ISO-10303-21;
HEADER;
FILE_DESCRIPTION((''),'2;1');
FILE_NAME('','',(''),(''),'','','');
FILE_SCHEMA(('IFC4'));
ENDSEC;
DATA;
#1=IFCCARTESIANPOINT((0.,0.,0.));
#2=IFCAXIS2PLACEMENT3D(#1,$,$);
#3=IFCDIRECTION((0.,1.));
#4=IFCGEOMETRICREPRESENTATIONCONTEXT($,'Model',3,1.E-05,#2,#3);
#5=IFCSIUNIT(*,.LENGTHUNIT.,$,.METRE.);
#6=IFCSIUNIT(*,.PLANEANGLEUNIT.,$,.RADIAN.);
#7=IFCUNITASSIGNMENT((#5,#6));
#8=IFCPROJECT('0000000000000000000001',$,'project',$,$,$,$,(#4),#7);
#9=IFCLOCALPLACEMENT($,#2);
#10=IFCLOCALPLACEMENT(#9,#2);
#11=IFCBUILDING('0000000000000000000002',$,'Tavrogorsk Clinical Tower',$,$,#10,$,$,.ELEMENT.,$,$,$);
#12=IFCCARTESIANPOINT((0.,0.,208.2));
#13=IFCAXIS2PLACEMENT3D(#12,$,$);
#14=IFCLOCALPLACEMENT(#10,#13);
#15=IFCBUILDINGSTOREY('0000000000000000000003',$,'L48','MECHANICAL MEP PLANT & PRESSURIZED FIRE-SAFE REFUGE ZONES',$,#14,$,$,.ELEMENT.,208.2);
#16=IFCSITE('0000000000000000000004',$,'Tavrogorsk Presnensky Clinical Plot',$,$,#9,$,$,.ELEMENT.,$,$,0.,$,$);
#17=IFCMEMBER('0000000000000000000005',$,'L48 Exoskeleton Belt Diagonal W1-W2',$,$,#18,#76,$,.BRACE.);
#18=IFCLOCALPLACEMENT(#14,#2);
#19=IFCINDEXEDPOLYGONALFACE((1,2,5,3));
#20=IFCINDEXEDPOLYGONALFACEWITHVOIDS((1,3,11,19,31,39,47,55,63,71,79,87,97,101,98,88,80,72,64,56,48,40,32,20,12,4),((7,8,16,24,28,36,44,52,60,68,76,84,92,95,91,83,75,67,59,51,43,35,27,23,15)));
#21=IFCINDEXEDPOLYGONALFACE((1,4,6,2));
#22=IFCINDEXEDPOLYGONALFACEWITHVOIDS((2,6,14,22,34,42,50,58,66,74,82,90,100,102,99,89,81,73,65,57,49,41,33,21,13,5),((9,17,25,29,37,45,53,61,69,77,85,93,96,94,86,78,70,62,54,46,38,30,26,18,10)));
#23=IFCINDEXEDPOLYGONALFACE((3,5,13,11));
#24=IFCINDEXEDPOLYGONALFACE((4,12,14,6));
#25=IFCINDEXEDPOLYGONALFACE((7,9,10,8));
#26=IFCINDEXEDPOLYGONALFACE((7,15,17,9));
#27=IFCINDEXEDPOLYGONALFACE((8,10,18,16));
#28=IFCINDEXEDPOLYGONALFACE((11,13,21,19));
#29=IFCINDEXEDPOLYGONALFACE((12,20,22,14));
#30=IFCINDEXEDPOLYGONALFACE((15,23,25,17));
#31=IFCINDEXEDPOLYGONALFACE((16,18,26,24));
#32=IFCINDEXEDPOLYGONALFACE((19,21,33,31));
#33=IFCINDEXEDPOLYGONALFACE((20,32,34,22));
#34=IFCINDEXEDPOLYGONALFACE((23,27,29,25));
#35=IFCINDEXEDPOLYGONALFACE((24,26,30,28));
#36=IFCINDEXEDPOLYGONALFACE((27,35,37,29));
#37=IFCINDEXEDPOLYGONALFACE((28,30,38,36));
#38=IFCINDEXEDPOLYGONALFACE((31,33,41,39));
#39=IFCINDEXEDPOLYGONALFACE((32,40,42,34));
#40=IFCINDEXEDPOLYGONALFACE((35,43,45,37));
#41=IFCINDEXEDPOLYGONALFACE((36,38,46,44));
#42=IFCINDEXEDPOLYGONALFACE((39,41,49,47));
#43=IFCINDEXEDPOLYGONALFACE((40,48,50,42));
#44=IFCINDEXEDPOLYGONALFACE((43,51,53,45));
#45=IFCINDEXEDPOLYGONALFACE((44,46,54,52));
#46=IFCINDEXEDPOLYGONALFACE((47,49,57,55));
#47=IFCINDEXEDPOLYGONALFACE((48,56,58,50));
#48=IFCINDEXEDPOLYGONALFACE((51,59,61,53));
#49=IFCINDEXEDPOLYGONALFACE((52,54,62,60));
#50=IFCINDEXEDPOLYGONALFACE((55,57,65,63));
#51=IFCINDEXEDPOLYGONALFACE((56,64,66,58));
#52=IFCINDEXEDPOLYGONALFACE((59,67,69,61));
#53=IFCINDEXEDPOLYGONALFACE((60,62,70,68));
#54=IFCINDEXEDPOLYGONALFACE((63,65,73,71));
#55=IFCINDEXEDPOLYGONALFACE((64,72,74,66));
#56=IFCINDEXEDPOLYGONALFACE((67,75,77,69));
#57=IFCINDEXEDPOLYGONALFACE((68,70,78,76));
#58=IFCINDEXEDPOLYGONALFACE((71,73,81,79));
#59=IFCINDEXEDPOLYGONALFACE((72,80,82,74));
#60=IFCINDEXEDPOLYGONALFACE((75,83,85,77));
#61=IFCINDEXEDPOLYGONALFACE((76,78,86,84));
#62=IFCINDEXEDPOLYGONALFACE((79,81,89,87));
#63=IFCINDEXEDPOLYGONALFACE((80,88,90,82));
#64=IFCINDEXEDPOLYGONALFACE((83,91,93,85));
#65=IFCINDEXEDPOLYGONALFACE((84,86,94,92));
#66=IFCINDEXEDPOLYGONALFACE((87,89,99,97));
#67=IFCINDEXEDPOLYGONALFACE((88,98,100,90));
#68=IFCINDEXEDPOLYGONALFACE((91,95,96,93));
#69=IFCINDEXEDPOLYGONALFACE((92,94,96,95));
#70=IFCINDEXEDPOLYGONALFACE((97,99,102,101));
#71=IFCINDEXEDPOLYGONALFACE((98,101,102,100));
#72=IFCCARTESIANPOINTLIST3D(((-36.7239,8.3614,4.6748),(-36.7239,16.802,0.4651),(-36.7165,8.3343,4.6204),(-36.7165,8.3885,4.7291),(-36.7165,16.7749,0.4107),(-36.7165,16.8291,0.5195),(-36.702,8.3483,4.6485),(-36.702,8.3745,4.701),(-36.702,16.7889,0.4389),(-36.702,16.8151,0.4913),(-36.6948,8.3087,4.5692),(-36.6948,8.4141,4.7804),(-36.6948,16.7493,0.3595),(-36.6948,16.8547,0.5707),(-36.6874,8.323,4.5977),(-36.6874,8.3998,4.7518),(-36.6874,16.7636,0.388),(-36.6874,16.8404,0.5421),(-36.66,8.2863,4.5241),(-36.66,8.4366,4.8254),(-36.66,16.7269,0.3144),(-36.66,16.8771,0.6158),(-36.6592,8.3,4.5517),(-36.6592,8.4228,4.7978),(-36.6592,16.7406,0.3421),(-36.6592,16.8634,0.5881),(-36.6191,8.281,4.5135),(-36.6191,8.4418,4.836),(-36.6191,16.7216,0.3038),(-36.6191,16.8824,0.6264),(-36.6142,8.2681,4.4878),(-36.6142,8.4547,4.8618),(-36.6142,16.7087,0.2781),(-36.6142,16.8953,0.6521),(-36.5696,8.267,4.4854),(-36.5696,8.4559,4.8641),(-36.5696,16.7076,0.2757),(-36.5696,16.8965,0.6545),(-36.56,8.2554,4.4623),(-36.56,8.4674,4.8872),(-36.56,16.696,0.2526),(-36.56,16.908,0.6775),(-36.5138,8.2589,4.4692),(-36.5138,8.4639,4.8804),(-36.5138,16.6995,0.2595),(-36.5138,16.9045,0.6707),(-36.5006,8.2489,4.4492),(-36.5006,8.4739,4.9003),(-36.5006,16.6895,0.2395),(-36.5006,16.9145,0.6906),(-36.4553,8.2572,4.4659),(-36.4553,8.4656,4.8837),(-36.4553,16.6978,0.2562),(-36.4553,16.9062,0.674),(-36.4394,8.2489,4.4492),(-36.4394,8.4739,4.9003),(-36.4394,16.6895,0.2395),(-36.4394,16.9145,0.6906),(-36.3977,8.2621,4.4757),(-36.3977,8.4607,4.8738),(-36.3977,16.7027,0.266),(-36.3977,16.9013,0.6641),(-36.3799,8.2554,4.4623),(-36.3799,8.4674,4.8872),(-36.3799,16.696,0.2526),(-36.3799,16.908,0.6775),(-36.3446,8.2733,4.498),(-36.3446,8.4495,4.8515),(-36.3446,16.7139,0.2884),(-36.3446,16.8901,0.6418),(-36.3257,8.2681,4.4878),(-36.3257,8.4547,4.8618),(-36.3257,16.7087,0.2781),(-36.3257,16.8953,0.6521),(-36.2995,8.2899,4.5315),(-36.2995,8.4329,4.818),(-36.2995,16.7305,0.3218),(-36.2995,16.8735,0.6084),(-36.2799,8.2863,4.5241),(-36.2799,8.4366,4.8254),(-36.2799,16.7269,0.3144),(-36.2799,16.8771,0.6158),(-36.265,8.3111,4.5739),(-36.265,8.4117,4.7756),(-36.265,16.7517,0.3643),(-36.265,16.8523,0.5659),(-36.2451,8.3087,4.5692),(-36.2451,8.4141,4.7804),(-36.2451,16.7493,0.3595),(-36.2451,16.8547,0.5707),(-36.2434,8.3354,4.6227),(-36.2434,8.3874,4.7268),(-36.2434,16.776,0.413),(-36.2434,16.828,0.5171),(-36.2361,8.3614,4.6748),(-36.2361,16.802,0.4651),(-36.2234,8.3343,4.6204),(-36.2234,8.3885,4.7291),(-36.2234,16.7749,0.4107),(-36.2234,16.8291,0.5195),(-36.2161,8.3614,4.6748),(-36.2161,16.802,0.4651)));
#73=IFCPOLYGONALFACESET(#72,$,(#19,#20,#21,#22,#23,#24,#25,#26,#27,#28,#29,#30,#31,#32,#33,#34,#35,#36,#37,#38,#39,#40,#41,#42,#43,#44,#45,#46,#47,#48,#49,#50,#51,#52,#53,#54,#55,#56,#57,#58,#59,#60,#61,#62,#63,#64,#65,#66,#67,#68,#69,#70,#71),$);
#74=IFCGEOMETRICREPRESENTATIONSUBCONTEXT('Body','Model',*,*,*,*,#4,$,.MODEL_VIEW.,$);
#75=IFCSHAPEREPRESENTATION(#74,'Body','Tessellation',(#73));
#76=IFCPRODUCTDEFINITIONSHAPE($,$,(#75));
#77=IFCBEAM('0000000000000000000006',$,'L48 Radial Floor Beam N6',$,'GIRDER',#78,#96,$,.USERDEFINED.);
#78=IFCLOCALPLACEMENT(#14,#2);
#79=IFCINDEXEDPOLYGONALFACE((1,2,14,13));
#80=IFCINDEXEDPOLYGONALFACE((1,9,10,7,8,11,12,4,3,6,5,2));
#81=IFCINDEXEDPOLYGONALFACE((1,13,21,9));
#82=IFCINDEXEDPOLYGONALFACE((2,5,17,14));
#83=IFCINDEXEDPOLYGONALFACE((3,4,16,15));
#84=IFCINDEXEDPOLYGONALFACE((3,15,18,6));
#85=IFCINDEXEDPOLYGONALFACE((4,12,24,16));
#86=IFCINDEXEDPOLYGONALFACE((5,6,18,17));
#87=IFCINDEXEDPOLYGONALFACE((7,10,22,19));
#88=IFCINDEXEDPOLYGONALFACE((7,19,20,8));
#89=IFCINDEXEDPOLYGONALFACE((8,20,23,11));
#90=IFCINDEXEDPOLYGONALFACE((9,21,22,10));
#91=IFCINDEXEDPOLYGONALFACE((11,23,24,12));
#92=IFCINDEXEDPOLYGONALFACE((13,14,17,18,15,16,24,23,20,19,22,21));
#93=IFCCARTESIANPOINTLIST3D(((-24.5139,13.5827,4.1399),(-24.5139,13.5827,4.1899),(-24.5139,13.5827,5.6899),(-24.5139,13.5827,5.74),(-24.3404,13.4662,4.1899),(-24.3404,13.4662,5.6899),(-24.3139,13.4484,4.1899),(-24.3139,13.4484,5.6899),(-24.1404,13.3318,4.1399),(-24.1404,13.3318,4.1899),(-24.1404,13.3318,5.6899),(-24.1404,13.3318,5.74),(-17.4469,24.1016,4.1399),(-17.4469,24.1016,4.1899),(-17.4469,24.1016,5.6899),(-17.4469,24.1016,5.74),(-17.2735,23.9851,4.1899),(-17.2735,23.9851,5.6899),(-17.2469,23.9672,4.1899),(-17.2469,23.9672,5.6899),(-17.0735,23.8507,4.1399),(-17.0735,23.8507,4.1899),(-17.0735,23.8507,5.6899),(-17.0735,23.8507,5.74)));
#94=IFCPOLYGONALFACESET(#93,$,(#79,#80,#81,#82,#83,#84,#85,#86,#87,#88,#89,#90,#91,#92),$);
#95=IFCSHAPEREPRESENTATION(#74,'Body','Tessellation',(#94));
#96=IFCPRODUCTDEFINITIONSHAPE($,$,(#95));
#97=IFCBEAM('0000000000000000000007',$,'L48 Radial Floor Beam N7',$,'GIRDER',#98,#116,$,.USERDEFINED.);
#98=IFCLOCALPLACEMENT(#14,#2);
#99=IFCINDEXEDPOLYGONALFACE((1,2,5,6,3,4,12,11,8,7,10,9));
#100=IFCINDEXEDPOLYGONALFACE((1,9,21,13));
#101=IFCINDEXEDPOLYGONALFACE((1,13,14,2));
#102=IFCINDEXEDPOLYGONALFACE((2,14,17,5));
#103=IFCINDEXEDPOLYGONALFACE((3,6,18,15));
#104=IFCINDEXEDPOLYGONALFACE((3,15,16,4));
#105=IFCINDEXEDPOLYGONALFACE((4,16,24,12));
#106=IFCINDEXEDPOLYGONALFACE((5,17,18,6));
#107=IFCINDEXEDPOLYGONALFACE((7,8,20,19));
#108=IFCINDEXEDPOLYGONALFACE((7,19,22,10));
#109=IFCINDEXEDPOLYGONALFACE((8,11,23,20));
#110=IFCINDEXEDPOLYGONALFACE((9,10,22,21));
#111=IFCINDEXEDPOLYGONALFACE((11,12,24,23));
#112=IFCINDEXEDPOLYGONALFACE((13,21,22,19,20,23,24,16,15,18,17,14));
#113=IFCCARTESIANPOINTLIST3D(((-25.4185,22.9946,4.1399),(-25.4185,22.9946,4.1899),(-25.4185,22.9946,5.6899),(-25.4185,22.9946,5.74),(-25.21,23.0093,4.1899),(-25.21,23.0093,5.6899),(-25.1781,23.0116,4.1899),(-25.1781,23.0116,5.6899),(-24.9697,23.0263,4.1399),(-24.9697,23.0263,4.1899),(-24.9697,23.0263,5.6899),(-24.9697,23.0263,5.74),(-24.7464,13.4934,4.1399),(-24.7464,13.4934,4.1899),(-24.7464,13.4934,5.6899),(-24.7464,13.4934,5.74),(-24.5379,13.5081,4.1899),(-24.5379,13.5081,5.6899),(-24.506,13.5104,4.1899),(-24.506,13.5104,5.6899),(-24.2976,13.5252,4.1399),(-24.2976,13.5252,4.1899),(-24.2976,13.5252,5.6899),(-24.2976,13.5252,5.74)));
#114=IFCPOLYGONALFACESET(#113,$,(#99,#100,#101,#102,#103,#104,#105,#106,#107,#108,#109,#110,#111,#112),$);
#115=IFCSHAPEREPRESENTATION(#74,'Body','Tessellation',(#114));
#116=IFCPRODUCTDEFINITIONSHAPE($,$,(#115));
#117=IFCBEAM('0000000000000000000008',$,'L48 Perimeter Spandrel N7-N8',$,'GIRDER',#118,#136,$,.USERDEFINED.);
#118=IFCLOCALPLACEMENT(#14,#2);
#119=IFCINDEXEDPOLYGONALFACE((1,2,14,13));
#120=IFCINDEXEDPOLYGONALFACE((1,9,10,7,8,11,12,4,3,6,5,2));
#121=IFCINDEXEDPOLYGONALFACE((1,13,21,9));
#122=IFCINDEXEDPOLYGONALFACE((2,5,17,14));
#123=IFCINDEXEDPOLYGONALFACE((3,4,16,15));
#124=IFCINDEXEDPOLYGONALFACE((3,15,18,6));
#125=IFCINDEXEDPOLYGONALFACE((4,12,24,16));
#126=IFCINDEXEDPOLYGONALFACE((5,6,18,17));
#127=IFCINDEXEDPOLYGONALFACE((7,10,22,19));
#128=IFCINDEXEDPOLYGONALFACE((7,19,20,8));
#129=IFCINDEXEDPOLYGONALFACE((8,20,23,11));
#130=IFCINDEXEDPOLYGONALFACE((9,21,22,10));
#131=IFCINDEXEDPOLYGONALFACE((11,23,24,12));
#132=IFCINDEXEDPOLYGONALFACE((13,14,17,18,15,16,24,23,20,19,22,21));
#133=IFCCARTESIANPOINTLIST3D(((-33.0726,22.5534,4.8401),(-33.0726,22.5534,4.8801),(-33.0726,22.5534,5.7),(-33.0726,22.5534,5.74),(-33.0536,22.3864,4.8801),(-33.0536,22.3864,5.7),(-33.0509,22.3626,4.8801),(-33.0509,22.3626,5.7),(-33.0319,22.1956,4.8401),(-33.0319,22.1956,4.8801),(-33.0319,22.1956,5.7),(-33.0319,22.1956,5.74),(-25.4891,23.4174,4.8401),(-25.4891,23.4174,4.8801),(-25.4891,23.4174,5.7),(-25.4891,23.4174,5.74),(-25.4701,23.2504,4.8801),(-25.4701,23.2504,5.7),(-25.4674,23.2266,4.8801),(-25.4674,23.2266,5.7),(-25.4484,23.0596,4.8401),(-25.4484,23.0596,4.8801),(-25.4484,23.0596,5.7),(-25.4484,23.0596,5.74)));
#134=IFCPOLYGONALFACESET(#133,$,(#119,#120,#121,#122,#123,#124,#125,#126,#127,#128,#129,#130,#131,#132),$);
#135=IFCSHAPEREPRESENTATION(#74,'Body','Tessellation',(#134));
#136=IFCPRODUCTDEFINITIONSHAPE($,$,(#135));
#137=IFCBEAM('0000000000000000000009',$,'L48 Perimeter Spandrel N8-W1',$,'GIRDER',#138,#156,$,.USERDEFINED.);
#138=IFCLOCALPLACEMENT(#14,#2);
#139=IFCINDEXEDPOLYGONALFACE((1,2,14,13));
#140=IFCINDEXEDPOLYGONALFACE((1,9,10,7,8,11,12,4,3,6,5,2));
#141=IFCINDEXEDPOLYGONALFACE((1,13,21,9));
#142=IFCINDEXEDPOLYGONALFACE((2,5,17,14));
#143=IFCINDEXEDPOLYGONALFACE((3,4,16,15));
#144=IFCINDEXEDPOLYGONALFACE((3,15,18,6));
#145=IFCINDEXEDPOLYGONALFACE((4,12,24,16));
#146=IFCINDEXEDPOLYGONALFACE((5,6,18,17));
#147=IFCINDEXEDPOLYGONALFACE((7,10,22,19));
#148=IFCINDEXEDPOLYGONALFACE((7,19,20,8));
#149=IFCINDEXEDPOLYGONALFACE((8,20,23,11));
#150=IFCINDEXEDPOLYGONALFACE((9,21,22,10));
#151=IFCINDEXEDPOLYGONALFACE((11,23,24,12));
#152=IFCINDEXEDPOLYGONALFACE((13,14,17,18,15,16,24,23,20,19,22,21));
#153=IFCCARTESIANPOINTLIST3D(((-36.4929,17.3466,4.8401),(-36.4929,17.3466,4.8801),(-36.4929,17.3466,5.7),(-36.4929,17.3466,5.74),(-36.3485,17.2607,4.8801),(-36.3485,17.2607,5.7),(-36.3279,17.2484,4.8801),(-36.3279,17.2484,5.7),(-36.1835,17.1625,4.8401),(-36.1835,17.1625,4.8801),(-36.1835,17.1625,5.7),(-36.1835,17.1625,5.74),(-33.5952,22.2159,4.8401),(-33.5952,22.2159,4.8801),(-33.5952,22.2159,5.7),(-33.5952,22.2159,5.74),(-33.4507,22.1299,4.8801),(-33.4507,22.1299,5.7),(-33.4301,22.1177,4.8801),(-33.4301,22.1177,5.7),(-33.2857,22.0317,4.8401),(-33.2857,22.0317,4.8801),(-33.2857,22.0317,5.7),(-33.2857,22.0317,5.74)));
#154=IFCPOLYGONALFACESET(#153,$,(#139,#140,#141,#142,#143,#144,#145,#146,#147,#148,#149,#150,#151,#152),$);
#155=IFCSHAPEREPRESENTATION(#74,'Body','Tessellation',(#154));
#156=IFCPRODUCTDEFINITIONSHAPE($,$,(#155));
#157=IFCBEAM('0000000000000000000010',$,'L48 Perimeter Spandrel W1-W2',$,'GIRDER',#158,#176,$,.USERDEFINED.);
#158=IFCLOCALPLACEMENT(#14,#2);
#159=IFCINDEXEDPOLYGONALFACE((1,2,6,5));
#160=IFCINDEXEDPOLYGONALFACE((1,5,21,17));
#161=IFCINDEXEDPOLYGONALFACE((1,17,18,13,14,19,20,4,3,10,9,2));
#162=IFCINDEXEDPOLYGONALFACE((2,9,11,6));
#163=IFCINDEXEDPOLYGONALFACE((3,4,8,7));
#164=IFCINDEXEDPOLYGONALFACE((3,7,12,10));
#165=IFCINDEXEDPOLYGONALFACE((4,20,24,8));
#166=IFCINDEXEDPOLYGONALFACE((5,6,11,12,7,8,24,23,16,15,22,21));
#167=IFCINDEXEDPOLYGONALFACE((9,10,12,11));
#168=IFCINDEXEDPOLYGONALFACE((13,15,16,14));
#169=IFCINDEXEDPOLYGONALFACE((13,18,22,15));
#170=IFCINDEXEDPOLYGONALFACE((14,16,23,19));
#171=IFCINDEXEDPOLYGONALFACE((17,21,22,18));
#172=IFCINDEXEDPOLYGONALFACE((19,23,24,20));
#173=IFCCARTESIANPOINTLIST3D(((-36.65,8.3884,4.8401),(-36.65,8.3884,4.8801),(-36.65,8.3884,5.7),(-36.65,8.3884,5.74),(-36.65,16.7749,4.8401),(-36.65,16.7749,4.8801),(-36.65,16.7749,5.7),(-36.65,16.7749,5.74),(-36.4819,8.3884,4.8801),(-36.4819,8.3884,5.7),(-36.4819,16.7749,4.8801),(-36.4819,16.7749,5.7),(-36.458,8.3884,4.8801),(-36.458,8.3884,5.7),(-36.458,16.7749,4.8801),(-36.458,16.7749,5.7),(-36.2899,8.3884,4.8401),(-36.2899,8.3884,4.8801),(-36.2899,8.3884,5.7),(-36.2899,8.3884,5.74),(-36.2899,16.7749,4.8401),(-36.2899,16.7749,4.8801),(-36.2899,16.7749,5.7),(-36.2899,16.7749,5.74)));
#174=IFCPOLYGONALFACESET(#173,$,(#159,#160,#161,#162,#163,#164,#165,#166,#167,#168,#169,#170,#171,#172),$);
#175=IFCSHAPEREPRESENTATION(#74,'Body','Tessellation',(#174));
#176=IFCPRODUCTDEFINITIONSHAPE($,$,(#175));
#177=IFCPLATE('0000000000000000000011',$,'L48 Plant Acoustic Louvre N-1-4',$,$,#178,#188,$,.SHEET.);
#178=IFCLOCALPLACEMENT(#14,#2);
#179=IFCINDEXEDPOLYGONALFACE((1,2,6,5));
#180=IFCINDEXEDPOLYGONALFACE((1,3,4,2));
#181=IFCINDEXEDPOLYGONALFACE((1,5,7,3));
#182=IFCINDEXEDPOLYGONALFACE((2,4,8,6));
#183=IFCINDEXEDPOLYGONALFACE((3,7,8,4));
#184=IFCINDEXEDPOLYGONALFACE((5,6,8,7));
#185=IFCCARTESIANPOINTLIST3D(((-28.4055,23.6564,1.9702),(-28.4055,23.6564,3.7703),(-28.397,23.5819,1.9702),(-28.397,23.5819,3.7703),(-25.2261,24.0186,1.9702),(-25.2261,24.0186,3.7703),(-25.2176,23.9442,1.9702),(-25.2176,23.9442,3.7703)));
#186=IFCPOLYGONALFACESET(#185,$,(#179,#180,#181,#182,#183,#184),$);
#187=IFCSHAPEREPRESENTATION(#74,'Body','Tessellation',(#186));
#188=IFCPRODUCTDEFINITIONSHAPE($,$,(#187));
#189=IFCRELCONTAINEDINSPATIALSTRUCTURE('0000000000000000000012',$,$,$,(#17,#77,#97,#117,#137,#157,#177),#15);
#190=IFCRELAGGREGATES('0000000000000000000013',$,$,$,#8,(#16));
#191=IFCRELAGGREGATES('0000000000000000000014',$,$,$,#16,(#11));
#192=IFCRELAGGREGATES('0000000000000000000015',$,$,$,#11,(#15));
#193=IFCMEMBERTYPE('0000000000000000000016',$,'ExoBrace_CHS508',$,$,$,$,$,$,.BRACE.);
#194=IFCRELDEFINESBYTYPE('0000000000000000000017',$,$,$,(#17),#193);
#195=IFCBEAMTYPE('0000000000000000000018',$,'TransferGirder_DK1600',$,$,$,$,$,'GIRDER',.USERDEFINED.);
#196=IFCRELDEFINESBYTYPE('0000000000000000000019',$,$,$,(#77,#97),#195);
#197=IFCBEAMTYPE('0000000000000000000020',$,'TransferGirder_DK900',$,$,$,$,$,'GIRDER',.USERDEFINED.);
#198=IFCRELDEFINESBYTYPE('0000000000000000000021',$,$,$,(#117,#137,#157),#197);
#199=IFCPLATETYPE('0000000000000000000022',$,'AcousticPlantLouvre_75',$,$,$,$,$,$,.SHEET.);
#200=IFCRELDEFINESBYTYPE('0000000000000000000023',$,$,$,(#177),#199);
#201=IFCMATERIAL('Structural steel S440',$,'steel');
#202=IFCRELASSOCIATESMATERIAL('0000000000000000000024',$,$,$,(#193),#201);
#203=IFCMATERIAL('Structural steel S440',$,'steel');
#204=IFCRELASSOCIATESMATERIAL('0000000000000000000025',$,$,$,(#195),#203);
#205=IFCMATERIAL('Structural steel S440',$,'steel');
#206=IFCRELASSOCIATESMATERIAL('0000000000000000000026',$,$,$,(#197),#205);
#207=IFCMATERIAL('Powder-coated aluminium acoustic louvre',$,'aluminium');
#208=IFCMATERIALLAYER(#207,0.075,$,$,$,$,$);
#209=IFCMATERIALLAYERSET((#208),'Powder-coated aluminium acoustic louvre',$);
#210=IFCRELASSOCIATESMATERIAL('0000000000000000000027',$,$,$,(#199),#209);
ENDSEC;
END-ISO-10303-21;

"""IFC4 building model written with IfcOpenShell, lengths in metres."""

from ifc_helpers import new_model, si_unit, direction, frame, origin, origin_2d, place, context, subcontext, project, spatial, rectangle, hollow_circle, i_section, extrude, material, layer, layer_set, material_profile, profile_set, type_object, element, save


model = new_model("IFC4")

# Units and contexts
model_context = context("Model", 3, precision=1e-05, world=origin(), true_north=direction((0.0, 1.0)))
body_context = subcontext(model_context, "Body", "Model", "MODEL_VIEW")
ifc_project = project(units=[si_unit("LENGTHUNIT", "METRE"), si_unit("PLANEANGLEUNIT", "RADIAN")], contexts=[model_context])

# Site, building, storey
site_placement = place(None, origin())
site = spatial("IfcSite", under=ifc_project, at=site_placement, Name="Tavrogorsk Presnensky Clinical Plot", CompositionType="ELEMENT", RefElevation=0.0)
building_placement = place(site_placement, origin())
building = spatial("IfcBuilding", under=site, at=building_placement, Name="Tavrogorsk Clinical Tower", CompositionType="ELEMENT")
storey_placement = place(building_placement, frame((0.0, 0.0, 208.2)))
storey = spatial("IfcBuildingStorey", under=building, at=storey_placement, Name="L48", Description="MECHANICAL MEP PLANT & PRESSURIZED FIRE-SAFE REFUGE ZONES", CompositionType="ELEMENT", Elevation=208.2)

# Member
ifc_material_1 = material(Name="Structural steel S440", Category="steel")
ifc_material_profile_1 = material_profile(ifc_material_1, hollow_circle(Radius=0.2539, WallThickness=0.02, at=origin_2d()), Name="CHS-508x20")
ifc_profile_set_1 = profile_set([ifc_material_profile_1], Name="Structural steel S440")
member_type = type_object("IfcMemberType", Name="ExoBrace_CHS508", PredefinedType="BRACE", material=ifc_profile_set_1)
member_1_placement = place(storey_placement, frame((-36.47, 16.802, 0.4651), z_axis=(0.0, -0.894877, 0.446313), x_axis=(1.0, 0.0, 0.0)))
element("IfcMember", 1, at=member_1_placement, inside=storey, type_object=member_type, Name="L48 Exoskeleton Belt Diagonal W1-W2", PredefinedType="BRACE", context=body_context, shape_type="SweptSolid", body=[
    extrude(hollow_circle(Radius=0.2539, WallThickness=0.02, at=origin_2d()), origin(), (0.0, 0.0, 1.0), 9.4321),
])

# Beams
ifc_material_2 = material(Name="Structural steel S440", Category="steel")
ifc_material_profile_2 = material_profile(ifc_material_2, i_section(OverallWidth=0.45, OverallDepth=1.6001, WebThickness=0.032, FlangeThickness=0.05, at=origin_2d()), Name="DK-1600x450x32x50")
ifc_profile_set_2 = profile_set([ifc_material_profile_2], Name="Structural steel S440")
beam_type_1 = type_object("IfcBeamType", Name="TransferGirder_DK1600", ElementType="GIRDER", PredefinedType="USERDEFINED", material=ifc_profile_set_2)
beam_1_placement = place(storey_placement, frame((-24.3271, 13.4573, 4.9399), z_axis=(0.557667, 0.830065, 0.0), x_axis=(-0.830065, 0.557667, 0.0)))
element("IfcBeam", 2, at=beam_1_placement, inside=storey, type_object=beam_type_1, Name="L48 Radial Floor Beam N6", ObjectType="GIRDER", PredefinedType="USERDEFINED", context=body_context, shape_type="SweptSolid", body=[
    extrude(i_section(OverallWidth=0.45, OverallDepth=1.6001, WebThickness=0.032, FlangeThickness=0.05, at=origin_2d()), origin(), (0.0, 0.0, 1.0), 12.6724),
])
beam_2_placement = place(storey_placement, frame((-24.522, 13.5093, 4.9399), z_axis=(-0.070564, 0.997507, 0.0), x_axis=(-0.997507, -0.070564, 0.0)))
element("IfcBeam", 3, at=beam_2_placement, inside=storey, type_object=beam_type_1, Name="L48 Radial Floor Beam N7", ObjectType="GIRDER", PredefinedType="USERDEFINED", context=body_context, shape_type="SweptSolid", body=[
    extrude(i_section(OverallWidth=0.45, OverallDepth=1.6001, WebThickness=0.032, FlangeThickness=0.05, at=origin_2d()), origin(), (0.0, 0.0, 1.0), 9.5249),
])
ifc_material_3 = material(Name="Structural steel S440", Category="steel")
ifc_material_profile_3 = material_profile(ifc_material_3, i_section(OverallWidth=0.3601, OverallDepth=0.8999, WebThickness=0.0239, FlangeThickness=0.04, at=origin_2d()), Name="DK-900x360x24x40")
ifc_profile_set_3 = profile_set([ifc_material_profile_3], Name="Structural steel S440")
beam_type_2 = type_object("IfcBeamType", Name="TransferGirder_DK900", ElementType="GIRDER", PredefinedType="USERDEFINED", material=ifc_profile_set_3)
beam_3_placement = place(storey_placement, frame((-25.4688, 23.2385, 5.29), z_axis=(-0.993572, -0.113201, 0.0), x_axis=(0.113201, -0.993572, 0.0)))
element("IfcBeam", 4, at=beam_3_placement, inside=storey, type_object=beam_type_2, Name="L48 Perimeter Spandrel N7-N8", ObjectType="GIRDER", PredefinedType="USERDEFINED", context=body_context, shape_type="SweptSolid", body=[
    extrude(i_section(OverallWidth=0.3601, OverallDepth=0.8999, WebThickness=0.0239, FlangeThickness=0.04, at=origin_2d()), origin(), (0.0, 0.0, 1.0), 7.6326),
])
beam_4_placement = place(storey_placement, frame((-33.4404, 22.1238, 5.29), z_axis=(-0.511407, -0.859339, 0.0), x_axis=(0.859339, -0.511407, 0.0)))
element("IfcBeam", 5, at=beam_4_placement, inside=storey, type_object=beam_type_2, Name="L48 Perimeter Spandrel N8-W1", ObjectType="GIRDER", PredefinedType="USERDEFINED", context=body_context, shape_type="SweptSolid", body=[
    extrude(i_section(OverallWidth=0.3601, OverallDepth=0.8999, WebThickness=0.0239, FlangeThickness=0.04, at=origin_2d()), origin(), (0.0, 0.0, 1.0), 5.6663),
])
beam_5_placement = place(storey_placement, frame((-36.47, 16.7749, 5.29), z_axis=(0.0, -1.0, 0.0), x_axis=(1.0, 0.0, 0.0)))
element("IfcBeam", 6, at=beam_5_placement, inside=storey, type_object=beam_type_2, Name="L48 Perimeter Spandrel W1-W2", ObjectType="GIRDER", PredefinedType="USERDEFINED", context=body_context, shape_type="SweptSolid", body=[
    extrude(i_section(OverallWidth=0.3601, OverallDepth=0.8999, WebThickness=0.0239, FlangeThickness=0.04, at=origin_2d()), origin(), (0.0, 0.0, 1.0), 8.3865),
])

# Plate
ifc_material_4 = material(Name="Powder-coated aluminium acoustic louvre", Category="aluminium")
ifc_layer_1 = layer(ifc_material_4, 0.075)
ifc_layer_set_1 = layer_set([ifc_layer_1], Name="Powder-coated aluminium acoustic louvre")
plate_type = type_object("IfcPlateType", Name="AcousticPlantLouvre_75", PredefinedType="SHEET", material=ifc_layer_set_1)
plate_placement = place(storey_placement, frame((-26.8115, 23.8003, 1.9702), z_axis=(0.0, 0.0, 1.0), x_axis=(-0.993572, -0.113202, 0.0)))
element("IfcPlate", 7, at=plate_placement, inside=storey, type_object=plate_type, Name="L48 Plant Acoustic Louvre N-1-4", PredefinedType="SHEET", context=body_context, shape_type="SweptSolid", body=[
    extrude(rectangle(XDim=3.2, YDim=0.075, at=origin_2d()), origin(), (0.0, 0.0, 1.0), 1.8),
])

save(model, "model.ifc")
